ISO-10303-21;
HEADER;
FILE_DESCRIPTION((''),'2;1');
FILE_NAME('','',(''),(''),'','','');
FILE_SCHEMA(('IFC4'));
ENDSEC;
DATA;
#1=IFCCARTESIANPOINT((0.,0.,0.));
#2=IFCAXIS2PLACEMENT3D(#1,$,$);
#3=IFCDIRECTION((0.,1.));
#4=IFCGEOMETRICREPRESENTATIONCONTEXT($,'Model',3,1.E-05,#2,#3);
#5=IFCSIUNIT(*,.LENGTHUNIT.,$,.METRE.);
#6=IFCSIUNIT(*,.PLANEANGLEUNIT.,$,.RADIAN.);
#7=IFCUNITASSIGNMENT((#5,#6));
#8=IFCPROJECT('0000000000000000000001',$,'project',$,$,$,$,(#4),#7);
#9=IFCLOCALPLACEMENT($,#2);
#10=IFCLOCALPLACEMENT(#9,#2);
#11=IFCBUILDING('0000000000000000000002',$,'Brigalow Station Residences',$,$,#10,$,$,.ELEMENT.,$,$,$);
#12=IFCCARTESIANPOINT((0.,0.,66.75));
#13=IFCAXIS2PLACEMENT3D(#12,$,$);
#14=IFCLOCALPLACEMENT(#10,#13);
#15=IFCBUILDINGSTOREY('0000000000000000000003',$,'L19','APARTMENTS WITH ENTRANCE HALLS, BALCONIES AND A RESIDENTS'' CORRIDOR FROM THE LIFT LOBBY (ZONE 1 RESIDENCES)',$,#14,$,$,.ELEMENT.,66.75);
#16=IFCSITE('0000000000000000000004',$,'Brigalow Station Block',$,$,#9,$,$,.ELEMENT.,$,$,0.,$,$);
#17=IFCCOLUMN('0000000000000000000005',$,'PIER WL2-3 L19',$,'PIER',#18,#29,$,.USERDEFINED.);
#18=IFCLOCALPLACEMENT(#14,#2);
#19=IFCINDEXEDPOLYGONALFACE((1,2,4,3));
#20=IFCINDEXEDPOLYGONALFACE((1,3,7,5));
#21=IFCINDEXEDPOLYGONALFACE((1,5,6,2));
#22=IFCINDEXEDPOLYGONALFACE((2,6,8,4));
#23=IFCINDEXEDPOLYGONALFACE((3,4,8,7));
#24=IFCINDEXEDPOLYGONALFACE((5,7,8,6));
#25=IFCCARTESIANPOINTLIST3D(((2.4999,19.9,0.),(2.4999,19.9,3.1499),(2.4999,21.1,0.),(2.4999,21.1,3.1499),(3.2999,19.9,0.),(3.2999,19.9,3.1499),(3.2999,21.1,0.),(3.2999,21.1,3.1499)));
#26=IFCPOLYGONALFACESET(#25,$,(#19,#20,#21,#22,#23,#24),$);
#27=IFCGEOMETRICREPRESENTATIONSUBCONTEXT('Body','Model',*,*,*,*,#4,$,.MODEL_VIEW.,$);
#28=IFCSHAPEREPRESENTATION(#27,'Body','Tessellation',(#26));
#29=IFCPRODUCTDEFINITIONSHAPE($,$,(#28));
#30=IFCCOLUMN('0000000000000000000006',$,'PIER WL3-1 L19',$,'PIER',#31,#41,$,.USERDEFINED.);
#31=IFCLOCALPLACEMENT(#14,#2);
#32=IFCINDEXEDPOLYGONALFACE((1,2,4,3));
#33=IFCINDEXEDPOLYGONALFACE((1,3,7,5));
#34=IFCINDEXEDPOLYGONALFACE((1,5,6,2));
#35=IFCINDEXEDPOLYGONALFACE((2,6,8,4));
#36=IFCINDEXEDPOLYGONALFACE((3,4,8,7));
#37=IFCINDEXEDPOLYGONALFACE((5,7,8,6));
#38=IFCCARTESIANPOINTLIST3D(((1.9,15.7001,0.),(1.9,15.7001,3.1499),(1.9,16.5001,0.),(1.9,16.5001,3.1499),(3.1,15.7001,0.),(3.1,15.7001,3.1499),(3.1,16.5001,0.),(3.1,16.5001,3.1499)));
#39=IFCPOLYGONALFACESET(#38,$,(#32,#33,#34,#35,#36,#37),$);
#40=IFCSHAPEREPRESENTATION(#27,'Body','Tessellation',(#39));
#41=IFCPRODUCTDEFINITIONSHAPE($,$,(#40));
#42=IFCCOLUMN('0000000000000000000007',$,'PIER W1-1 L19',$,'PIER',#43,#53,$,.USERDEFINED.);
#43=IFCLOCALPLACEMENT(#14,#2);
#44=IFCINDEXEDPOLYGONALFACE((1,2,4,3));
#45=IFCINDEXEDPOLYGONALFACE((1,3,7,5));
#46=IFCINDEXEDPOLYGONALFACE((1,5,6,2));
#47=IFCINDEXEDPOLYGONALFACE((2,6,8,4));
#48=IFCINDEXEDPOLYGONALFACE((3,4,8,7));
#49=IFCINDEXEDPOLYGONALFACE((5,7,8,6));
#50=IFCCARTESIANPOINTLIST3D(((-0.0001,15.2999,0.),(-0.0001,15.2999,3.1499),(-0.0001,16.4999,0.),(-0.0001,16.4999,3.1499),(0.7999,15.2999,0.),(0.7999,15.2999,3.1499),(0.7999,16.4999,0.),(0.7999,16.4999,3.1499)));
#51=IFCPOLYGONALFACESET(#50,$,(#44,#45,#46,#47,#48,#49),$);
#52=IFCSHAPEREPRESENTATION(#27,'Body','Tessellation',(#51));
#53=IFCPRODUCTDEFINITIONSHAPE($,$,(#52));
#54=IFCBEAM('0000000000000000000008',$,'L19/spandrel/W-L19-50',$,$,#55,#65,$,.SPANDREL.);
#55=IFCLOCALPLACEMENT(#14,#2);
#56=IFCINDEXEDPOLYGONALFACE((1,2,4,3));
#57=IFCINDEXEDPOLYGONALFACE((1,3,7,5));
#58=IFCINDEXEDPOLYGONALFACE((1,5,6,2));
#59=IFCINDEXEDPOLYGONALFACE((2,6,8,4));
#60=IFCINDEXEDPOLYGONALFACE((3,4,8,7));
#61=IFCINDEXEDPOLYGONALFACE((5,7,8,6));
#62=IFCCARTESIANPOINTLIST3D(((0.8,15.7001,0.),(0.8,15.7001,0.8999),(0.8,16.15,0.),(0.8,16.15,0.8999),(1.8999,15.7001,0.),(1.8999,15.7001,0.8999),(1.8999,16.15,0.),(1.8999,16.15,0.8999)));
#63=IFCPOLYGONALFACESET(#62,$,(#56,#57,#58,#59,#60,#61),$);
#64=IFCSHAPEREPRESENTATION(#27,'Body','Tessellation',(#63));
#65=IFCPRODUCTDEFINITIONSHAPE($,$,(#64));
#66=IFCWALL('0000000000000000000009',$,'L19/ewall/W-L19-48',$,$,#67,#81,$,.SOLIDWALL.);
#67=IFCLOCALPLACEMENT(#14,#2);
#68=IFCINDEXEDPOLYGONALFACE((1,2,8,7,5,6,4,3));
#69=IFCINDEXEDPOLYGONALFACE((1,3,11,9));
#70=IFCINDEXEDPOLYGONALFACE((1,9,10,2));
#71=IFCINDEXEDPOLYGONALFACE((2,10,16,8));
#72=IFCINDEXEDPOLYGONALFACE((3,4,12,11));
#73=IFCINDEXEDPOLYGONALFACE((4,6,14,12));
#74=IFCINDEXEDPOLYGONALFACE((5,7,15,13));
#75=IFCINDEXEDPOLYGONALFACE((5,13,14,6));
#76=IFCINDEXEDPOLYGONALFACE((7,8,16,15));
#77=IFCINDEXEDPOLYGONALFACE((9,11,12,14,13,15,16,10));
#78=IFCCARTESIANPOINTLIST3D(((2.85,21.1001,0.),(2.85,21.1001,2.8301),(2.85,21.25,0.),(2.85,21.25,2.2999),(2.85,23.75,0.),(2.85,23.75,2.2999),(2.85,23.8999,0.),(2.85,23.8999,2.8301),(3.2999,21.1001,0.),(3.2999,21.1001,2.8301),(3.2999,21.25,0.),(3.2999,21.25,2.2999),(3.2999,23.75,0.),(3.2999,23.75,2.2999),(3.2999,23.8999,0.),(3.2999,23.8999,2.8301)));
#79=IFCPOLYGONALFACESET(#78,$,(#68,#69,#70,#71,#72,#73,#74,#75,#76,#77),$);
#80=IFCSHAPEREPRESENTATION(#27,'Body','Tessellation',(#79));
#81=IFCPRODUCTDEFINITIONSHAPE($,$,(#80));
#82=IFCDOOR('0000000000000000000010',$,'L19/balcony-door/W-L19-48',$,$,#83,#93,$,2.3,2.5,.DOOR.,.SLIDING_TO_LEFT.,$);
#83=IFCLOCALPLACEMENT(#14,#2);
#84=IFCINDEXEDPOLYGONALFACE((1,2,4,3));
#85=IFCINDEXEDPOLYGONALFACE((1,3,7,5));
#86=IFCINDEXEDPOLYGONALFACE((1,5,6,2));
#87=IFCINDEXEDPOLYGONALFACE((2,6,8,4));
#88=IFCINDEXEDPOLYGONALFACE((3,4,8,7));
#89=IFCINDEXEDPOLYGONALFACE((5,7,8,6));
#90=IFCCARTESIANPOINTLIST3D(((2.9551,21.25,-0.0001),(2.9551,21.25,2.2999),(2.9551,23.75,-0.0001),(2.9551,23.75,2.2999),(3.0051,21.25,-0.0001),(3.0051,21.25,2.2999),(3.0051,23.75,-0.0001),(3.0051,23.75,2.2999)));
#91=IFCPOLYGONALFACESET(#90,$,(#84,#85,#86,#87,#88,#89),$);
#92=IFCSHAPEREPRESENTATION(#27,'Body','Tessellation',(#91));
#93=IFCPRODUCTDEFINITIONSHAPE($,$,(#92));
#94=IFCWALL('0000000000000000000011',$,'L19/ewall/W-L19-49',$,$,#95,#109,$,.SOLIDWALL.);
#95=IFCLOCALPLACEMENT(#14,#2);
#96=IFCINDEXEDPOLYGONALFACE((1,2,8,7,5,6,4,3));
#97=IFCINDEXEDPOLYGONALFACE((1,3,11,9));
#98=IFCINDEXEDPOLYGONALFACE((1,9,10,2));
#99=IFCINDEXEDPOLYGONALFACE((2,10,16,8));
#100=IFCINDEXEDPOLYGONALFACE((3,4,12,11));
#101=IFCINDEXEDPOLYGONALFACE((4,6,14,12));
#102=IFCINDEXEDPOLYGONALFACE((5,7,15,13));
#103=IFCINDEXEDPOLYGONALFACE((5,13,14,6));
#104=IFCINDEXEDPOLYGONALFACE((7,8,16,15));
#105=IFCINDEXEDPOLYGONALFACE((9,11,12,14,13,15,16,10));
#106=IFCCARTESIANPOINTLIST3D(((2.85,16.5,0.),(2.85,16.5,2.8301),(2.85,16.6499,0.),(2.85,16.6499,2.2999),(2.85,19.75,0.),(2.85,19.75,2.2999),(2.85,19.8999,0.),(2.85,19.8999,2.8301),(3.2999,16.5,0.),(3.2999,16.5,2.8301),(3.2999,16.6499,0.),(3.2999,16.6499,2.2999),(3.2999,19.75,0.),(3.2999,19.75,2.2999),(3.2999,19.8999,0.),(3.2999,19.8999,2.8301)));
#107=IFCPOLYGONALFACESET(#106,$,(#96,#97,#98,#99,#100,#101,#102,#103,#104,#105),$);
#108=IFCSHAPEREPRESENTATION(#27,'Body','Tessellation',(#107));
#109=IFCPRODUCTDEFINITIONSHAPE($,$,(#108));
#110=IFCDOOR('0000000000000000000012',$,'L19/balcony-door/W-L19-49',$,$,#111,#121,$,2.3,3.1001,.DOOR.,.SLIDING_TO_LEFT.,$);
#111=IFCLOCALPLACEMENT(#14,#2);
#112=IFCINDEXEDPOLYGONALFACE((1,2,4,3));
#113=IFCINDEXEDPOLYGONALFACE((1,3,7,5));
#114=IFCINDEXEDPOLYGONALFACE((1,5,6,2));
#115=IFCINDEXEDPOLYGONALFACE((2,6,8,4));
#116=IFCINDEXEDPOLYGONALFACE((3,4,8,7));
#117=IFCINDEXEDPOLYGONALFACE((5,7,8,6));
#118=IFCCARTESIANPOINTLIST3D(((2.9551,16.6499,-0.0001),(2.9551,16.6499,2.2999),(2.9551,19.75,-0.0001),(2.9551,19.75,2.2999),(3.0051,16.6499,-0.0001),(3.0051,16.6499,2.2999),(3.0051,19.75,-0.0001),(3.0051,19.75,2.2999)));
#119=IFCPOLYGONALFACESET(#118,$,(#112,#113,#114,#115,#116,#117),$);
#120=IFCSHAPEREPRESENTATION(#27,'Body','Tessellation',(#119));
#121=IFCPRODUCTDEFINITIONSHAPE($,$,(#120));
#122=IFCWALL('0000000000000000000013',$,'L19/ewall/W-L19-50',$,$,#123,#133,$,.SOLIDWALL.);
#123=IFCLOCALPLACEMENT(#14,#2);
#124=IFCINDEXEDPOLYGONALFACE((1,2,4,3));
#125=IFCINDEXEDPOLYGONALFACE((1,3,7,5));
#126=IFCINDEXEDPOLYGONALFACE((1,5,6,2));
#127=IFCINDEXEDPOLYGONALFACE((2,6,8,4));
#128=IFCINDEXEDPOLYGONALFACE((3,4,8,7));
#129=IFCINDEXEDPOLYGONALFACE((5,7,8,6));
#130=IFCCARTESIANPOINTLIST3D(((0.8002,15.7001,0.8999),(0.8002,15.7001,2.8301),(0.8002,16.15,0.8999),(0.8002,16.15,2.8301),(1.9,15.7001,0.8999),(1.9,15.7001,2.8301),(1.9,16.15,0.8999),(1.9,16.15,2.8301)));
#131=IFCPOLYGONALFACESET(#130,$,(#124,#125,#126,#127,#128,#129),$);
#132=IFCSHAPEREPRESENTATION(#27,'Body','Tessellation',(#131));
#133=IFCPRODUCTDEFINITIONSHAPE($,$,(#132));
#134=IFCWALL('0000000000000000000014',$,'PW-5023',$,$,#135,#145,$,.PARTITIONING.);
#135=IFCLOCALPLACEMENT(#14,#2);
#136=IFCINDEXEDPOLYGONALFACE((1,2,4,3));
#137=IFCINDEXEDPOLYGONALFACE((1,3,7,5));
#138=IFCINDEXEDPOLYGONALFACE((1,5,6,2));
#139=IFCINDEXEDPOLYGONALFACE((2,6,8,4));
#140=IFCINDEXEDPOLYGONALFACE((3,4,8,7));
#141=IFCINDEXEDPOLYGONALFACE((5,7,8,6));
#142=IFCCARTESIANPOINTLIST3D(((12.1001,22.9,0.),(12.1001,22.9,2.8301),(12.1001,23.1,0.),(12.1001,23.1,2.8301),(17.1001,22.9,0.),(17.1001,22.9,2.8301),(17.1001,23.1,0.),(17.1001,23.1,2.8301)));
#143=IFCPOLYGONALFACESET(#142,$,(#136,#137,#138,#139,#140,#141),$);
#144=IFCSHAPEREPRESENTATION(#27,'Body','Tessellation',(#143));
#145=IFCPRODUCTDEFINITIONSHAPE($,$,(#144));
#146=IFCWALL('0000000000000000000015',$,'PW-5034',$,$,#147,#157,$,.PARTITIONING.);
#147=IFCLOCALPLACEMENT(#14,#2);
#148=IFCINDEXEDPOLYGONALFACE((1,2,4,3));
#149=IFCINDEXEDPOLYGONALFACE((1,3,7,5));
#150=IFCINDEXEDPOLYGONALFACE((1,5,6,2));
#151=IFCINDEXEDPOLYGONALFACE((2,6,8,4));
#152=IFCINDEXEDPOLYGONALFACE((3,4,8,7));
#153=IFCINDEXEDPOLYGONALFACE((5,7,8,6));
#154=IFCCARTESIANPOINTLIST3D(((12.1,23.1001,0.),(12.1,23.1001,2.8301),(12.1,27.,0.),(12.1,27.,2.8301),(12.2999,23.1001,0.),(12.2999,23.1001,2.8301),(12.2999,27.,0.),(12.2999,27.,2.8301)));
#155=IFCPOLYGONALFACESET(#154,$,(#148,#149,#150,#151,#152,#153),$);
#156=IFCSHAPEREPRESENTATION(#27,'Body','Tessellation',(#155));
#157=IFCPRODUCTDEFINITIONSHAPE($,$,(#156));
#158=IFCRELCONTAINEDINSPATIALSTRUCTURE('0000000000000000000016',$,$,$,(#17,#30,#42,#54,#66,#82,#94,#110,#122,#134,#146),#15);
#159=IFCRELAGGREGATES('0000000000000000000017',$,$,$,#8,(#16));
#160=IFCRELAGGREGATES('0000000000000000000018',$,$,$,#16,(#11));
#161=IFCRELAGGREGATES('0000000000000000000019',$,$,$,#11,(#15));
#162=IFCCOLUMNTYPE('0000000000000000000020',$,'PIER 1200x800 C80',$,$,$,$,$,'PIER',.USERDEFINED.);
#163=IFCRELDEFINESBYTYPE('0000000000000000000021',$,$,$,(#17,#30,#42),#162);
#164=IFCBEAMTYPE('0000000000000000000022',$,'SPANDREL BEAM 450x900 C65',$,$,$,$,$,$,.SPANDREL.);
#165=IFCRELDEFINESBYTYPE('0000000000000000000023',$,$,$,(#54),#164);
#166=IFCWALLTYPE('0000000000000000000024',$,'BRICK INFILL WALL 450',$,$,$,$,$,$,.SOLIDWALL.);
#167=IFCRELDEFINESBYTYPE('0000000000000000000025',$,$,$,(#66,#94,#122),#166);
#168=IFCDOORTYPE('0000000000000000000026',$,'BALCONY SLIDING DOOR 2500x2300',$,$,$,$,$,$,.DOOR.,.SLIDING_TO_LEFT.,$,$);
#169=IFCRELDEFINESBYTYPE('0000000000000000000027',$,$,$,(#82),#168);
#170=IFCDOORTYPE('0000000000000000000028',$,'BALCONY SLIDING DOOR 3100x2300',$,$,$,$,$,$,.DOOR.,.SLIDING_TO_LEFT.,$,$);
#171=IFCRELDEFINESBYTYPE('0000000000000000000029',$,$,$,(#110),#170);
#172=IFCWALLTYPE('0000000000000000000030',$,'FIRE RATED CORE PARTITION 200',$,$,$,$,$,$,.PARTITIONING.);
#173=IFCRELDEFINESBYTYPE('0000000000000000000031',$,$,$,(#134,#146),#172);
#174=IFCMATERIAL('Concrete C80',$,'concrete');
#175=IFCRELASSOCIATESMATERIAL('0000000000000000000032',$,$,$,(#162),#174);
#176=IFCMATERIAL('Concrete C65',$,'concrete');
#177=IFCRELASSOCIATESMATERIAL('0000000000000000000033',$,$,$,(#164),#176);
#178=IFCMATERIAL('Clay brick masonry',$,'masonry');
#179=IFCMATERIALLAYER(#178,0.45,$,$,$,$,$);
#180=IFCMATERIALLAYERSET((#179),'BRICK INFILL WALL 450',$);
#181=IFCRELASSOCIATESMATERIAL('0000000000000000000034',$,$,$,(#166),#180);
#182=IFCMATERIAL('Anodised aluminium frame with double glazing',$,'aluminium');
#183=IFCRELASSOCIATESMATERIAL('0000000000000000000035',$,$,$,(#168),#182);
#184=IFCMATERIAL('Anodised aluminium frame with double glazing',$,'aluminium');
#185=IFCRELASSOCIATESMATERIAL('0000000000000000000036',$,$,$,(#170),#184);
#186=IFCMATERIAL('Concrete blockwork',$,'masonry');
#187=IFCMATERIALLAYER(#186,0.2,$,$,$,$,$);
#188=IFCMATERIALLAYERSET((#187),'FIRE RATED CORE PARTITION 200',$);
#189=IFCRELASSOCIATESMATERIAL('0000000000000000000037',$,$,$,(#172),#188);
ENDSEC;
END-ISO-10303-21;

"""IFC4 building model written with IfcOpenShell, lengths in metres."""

from ifc_helpers import new_model, si_unit, direction, frame, frame_2d, origin, origin_2d, place, context, subcontext, project, spatial, rectangle, extrude, material, layer, layer_set, material_profile, profile_set, type_object, element, fill, save


model = new_model("IFC4")

# Units and contexts
model_context = context("Model", 3, precision=1e-05, world=origin(), true_north=direction((0.0, 1.0)))
body_context = subcontext(model_context, "Body", "Model", "MODEL_VIEW")
ifc_project = project(units=[si_unit("LENGTHUNIT", "METRE"), si_unit("PLANEANGLEUNIT", "RADIAN")], contexts=[model_context])

# Site, building, storey
site_placement = place(None, origin())
site = spatial("IfcSite", under=ifc_project, at=site_placement, Name="Brigalow Station Block", CompositionType="ELEMENT", RefElevation=0.0)
building_placement = place(site_placement, origin())
building = spatial("IfcBuilding", under=site, at=building_placement, Name="Brigalow Station Residences", CompositionType="ELEMENT")
storey_placement = place(building_placement, frame((0.0, 0.0, 66.75)))
storey = spatial("IfcBuildingStorey", under=building, at=storey_placement, Name="L19", Description="APARTMENTS WITH ENTRANCE HALLS, BALCONIES AND A RESIDENTS' CORRIDOR FROM THE LIFT LOBBY (ZONE 1 RESIDENCES)", CompositionType="ELEMENT", Elevation=66.75)

# Columns
ifc_material_1 = material(Name="Concrete C80", Category="concrete")
ifc_material_profile_1 = material_profile(ifc_material_1, rectangle(XDim=1.2, YDim=0.8, at=origin_2d()), Name="RC1200x800")
ifc_profile_set_1 = profile_set([ifc_material_profile_1], Name="Concrete C80")
column_type = type_object("IfcColumnType", Name="PIER 1200x800 C80", ElementType="PIER", PredefinedType="USERDEFINED", material=ifc_profile_set_1)
for number, where, z_axis, x_axis, name in (
    (1, (2.8999, 20.5, 0.0), (0.0, 0.0, 1.0), (0.0, -1.0, 0.0), "PIER WL2-3 L19"),
    (2, (2.5, 16.1001, 0.0), (0.0, 0.0, 1.0), (-1.0, 0.0, 0.0), "PIER WL3-1 L19"),
    (3, (0.3999, 15.8999, 0.0), (0.0, 0.0, 1.0), (0.0, -1.0, 0.0), "PIER W1-1 L19"),
):
    element("IfcColumn", number, at=place(storey_placement, frame(where, z_axis=z_axis, x_axis=x_axis)), inside=storey, type_object=column_type, Name=name, ObjectType="PIER", PredefinedType="USERDEFINED", context=body_context, shape_type="SweptSolid", body=[
        extrude(rectangle(XDim=1.2, YDim=0.8, at=origin_2d()), origin(), (0.0, 0.0, 1.0), 3.1499),
    ])

# Beam
ifc_material_2 = material(Name="Concrete C65", Category="concrete")
ifc_material_profile_2 = material_profile(ifc_material_2, rectangle(XDim=0.45, YDim=0.8999, at=origin_2d()), Name="RC450x900")
ifc_profile_set_2 = profile_set([ifc_material_profile_2], Name="Concrete C65")
beam_type = type_object("IfcBeamType", Name="SPANDREL BEAM 450x900 C65", PredefinedType="SPANDREL", material=ifc_profile_set_2)
beam_placement = place(storey_placement, frame((1.8999, 15.925, 0.45), z_axis=(-1.0, 0.0, 0.0), x_axis=(0.0, -1.0, 0.0)))
element("IfcBeam", 4, at=beam_placement, inside=storey, type_object=beam_type, Name="L19/spandrel/W-L19-50", PredefinedType="SPANDREL", context=body_context, shape_type="SweptSolid", body=[
    extrude(rectangle(XDim=0.45, YDim=0.8999, at=origin_2d()), origin(), (0.0, 0.0, 1.0), 1.0999),
])

# Walls, openings, doors
ifc_material_3 = material(Name="Clay brick masonry", Category="masonry")
ifc_layer_1 = layer(ifc_material_3, 0.45)
ifc_layer_set_1 = layer_set([ifc_layer_1], Name="BRICK INFILL WALL 450")
wall_type_1 = type_object("IfcWallType", Name="BRICK INFILL WALL 450", PredefinedType="SOLIDWALL", material=ifc_layer_set_1)
wall_1_placement = place(storey_placement, frame((3.075, 23.8999, 0.0), z_axis=(0.0, 0.0, 1.0), x_axis=(0.0, -1.0, 0.0)))
wall_1 = element("IfcWall", 5, at=wall_1_placement, inside=storey, type_object=wall_type_1, Name="L19/ewall/W-L19-48", PredefinedType="SOLIDWALL", context=body_context, shape_type="SweptSolid", body=[
    extrude(rectangle(XDim=2.7998, YDim=0.45, at=frame_2d((1.3999, 0.0))), origin(), (0.0, 0.0, 1.0), 2.8301),
])
opening_1_placement = place(wall_1_placement, frame((0.1499, 0.0, 0.0)))
opening_1 = element("IfcOpeningElement", 6, at=opening_1_placement, cuts=wall_1, PredefinedType="OPENING", context=body_context, shape_type="SweptSolid", body=[
    extrude(rectangle(XDim=2.5, YDim=2.3, at=frame_2d((1.25, 1.1499))), frame((0.0, 0.2349, 0.0), z_axis=(0.0, -1.0, 0.0), x_axis=(1.0, 0.0, 0.0)), (0.0, 0.0, 1.0), 0.47),
])
ifc_material_4 = material(Name="Anodised aluminium frame with double glazing", Category="aluminium")
door_type_1 = type_object("IfcDoorType", Name="BALCONY SLIDING DOOR 2500x2300", OperationType="SLIDING_TO_LEFT", PredefinedType="DOOR", material=ifc_material_4)
door_1_placement = place(opening_1_placement, origin())
door_1 = element("IfcDoor", 7, at=door_1_placement, inside=storey, type_object=door_type_1, Name="L19/balcony-door/W-L19-48", OperationType="SLIDING_TO_LEFT", OverallHeight=2.3, OverallWidth=2.5, PredefinedType="DOOR", context=body_context, shape_type="SweptSolid", body=[
    extrude(rectangle(XDim=2.5, YDim=2.3, at=frame_2d((1.25, 1.1499))), frame((0.0, -0.0698, 0.0), z_axis=(0.0, -1.0, 0.0), x_axis=(1.0, 0.0, 0.0)), (0.0, 0.0, 1.0), 0.05),
])
fill(opening_1, door_1)
wall_2_placement = place(storey_placement, frame((3.075, 19.8999, 0.0), z_axis=(0.0, 0.0, 1.0), x_axis=(0.0, -1.0, 0.0)))
wall_2 = element("IfcWall", 8, at=wall_2_placement, inside=storey, type_object=wall_type_1, Name="L19/ewall/W-L19-49", PredefinedType="SOLIDWALL", context=body_context, shape_type="SweptSolid", body=[
    extrude(rectangle(XDim=3.3999, YDim=0.45, at=frame_2d((1.7, 0.0))), origin(), (0.0, 0.0, 1.0), 2.8301),
])
opening_2_placement = place(wall_2_placement, frame((0.1499, 0.0, 0.0)))
opening_2 = element("IfcOpeningElement", 9, at=opening_2_placement, cuts=wall_2, PredefinedType="OPENING", context=body_context, shape_type="SweptSolid", body=[
    extrude(rectangle(XDim=3.1001, YDim=2.3, at=frame_2d((1.55, 1.1499))), frame((0.0, 0.2349, 0.0), z_axis=(0.0, -1.0, 0.0), x_axis=(1.0, 0.0, 0.0)), (0.0, 0.0, 1.0), 0.47),
])
ifc_material_5 = material(Name="Anodised aluminium frame with double glazing", Category="aluminium")
door_type_2 = type_object("IfcDoorType", Name="BALCONY SLIDING DOOR 3100x2300", OperationType="SLIDING_TO_LEFT", PredefinedType="DOOR", material=ifc_material_5)
door_2_placement = place(opening_2_placement, origin())
door_2 = element("IfcDoor", 10, at=door_2_placement, inside=storey, type_object=door_type_2, Name="L19/balcony-door/W-L19-49", OperationType="SLIDING_TO_LEFT", OverallHeight=2.3, OverallWidth=3.1001, PredefinedType="DOOR", context=body_context, shape_type="SweptSolid", body=[
    extrude(rectangle(XDim=3.1001, YDim=2.3, at=frame_2d((1.55, 1.1499))), frame((0.0, -0.0698, 0.0), z_axis=(0.0, -1.0, 0.0), x_axis=(1.0, 0.0, 0.0)), (0.0, 0.0, 1.0), 0.05),
])
fill(opening_2, door_2)

# Walls
wall_3_placement = place(storey_placement, frame((1.8999, 15.925, 0.8999), z_axis=(0.0, 0.0, 1.0), x_axis=(-1.0, 0.0, 0.0)))
element("IfcWall", 11, at=wall_3_placement, inside=storey, type_object=wall_type_1, Name="L19/ewall/W-L19-50", PredefinedType="SOLIDWALL", context=body_context, shape_type="SweptSolid", body=[
    extrude(rectangle(XDim=1.0999, YDim=0.45, at=frame_2d((0.5498, 0.0))), origin(), (0.0, 0.0, 1.0), 1.9302),
])
ifc_material_6 = material(Name="Concrete blockwork", Category="masonry")
ifc_layer_2 = layer(ifc_material_6, 0.2)
ifc_layer_set_2 = layer_set([ifc_layer_2], Name="FIRE RATED CORE PARTITION 200")
wall_type_2 = type_object("IfcWallType", Name="FIRE RATED CORE PARTITION 200", PredefinedType="PARTITIONING", material=ifc_layer_set_2)
wall_4_placement = place(storey_placement, frame((12.1001, 23.0, 0.0), z_axis=(0.0, 0.0, 1.0), x_axis=(1.0, 0.0, 0.0)))
element("IfcWall", 12, at=wall_4_placement, inside=storey, type_object=wall_type_2, Name="PW-5023", PredefinedType="PARTITIONING", context=body_context, shape_type="SweptSolid", body=[
    extrude(rectangle(XDim=5.0, YDim=0.2, at=frame_2d((2.5, 0.0))), origin(), (0.0, 0.0, 1.0), 2.8301),
])
wall_5_placement = place(storey_placement, frame((12.2, 23.1001, 0.0), z_axis=(0.0, 0.0, 1.0), x_axis=(0.0, 1.0, 0.0)))
element("IfcWall", 13, at=wall_5_placement, inside=storey, type_object=wall_type_2, Name="PW-5034", PredefinedType="PARTITIONING", context=body_context, shape_type="SweptSolid", body=[
    extrude(rectangle(XDim=3.8999, YDim=0.2, at=frame_2d((1.95, 0.0))), origin(), (0.0, 0.0, 1.0), 2.8301),
])

save(model, "model.ifc")
